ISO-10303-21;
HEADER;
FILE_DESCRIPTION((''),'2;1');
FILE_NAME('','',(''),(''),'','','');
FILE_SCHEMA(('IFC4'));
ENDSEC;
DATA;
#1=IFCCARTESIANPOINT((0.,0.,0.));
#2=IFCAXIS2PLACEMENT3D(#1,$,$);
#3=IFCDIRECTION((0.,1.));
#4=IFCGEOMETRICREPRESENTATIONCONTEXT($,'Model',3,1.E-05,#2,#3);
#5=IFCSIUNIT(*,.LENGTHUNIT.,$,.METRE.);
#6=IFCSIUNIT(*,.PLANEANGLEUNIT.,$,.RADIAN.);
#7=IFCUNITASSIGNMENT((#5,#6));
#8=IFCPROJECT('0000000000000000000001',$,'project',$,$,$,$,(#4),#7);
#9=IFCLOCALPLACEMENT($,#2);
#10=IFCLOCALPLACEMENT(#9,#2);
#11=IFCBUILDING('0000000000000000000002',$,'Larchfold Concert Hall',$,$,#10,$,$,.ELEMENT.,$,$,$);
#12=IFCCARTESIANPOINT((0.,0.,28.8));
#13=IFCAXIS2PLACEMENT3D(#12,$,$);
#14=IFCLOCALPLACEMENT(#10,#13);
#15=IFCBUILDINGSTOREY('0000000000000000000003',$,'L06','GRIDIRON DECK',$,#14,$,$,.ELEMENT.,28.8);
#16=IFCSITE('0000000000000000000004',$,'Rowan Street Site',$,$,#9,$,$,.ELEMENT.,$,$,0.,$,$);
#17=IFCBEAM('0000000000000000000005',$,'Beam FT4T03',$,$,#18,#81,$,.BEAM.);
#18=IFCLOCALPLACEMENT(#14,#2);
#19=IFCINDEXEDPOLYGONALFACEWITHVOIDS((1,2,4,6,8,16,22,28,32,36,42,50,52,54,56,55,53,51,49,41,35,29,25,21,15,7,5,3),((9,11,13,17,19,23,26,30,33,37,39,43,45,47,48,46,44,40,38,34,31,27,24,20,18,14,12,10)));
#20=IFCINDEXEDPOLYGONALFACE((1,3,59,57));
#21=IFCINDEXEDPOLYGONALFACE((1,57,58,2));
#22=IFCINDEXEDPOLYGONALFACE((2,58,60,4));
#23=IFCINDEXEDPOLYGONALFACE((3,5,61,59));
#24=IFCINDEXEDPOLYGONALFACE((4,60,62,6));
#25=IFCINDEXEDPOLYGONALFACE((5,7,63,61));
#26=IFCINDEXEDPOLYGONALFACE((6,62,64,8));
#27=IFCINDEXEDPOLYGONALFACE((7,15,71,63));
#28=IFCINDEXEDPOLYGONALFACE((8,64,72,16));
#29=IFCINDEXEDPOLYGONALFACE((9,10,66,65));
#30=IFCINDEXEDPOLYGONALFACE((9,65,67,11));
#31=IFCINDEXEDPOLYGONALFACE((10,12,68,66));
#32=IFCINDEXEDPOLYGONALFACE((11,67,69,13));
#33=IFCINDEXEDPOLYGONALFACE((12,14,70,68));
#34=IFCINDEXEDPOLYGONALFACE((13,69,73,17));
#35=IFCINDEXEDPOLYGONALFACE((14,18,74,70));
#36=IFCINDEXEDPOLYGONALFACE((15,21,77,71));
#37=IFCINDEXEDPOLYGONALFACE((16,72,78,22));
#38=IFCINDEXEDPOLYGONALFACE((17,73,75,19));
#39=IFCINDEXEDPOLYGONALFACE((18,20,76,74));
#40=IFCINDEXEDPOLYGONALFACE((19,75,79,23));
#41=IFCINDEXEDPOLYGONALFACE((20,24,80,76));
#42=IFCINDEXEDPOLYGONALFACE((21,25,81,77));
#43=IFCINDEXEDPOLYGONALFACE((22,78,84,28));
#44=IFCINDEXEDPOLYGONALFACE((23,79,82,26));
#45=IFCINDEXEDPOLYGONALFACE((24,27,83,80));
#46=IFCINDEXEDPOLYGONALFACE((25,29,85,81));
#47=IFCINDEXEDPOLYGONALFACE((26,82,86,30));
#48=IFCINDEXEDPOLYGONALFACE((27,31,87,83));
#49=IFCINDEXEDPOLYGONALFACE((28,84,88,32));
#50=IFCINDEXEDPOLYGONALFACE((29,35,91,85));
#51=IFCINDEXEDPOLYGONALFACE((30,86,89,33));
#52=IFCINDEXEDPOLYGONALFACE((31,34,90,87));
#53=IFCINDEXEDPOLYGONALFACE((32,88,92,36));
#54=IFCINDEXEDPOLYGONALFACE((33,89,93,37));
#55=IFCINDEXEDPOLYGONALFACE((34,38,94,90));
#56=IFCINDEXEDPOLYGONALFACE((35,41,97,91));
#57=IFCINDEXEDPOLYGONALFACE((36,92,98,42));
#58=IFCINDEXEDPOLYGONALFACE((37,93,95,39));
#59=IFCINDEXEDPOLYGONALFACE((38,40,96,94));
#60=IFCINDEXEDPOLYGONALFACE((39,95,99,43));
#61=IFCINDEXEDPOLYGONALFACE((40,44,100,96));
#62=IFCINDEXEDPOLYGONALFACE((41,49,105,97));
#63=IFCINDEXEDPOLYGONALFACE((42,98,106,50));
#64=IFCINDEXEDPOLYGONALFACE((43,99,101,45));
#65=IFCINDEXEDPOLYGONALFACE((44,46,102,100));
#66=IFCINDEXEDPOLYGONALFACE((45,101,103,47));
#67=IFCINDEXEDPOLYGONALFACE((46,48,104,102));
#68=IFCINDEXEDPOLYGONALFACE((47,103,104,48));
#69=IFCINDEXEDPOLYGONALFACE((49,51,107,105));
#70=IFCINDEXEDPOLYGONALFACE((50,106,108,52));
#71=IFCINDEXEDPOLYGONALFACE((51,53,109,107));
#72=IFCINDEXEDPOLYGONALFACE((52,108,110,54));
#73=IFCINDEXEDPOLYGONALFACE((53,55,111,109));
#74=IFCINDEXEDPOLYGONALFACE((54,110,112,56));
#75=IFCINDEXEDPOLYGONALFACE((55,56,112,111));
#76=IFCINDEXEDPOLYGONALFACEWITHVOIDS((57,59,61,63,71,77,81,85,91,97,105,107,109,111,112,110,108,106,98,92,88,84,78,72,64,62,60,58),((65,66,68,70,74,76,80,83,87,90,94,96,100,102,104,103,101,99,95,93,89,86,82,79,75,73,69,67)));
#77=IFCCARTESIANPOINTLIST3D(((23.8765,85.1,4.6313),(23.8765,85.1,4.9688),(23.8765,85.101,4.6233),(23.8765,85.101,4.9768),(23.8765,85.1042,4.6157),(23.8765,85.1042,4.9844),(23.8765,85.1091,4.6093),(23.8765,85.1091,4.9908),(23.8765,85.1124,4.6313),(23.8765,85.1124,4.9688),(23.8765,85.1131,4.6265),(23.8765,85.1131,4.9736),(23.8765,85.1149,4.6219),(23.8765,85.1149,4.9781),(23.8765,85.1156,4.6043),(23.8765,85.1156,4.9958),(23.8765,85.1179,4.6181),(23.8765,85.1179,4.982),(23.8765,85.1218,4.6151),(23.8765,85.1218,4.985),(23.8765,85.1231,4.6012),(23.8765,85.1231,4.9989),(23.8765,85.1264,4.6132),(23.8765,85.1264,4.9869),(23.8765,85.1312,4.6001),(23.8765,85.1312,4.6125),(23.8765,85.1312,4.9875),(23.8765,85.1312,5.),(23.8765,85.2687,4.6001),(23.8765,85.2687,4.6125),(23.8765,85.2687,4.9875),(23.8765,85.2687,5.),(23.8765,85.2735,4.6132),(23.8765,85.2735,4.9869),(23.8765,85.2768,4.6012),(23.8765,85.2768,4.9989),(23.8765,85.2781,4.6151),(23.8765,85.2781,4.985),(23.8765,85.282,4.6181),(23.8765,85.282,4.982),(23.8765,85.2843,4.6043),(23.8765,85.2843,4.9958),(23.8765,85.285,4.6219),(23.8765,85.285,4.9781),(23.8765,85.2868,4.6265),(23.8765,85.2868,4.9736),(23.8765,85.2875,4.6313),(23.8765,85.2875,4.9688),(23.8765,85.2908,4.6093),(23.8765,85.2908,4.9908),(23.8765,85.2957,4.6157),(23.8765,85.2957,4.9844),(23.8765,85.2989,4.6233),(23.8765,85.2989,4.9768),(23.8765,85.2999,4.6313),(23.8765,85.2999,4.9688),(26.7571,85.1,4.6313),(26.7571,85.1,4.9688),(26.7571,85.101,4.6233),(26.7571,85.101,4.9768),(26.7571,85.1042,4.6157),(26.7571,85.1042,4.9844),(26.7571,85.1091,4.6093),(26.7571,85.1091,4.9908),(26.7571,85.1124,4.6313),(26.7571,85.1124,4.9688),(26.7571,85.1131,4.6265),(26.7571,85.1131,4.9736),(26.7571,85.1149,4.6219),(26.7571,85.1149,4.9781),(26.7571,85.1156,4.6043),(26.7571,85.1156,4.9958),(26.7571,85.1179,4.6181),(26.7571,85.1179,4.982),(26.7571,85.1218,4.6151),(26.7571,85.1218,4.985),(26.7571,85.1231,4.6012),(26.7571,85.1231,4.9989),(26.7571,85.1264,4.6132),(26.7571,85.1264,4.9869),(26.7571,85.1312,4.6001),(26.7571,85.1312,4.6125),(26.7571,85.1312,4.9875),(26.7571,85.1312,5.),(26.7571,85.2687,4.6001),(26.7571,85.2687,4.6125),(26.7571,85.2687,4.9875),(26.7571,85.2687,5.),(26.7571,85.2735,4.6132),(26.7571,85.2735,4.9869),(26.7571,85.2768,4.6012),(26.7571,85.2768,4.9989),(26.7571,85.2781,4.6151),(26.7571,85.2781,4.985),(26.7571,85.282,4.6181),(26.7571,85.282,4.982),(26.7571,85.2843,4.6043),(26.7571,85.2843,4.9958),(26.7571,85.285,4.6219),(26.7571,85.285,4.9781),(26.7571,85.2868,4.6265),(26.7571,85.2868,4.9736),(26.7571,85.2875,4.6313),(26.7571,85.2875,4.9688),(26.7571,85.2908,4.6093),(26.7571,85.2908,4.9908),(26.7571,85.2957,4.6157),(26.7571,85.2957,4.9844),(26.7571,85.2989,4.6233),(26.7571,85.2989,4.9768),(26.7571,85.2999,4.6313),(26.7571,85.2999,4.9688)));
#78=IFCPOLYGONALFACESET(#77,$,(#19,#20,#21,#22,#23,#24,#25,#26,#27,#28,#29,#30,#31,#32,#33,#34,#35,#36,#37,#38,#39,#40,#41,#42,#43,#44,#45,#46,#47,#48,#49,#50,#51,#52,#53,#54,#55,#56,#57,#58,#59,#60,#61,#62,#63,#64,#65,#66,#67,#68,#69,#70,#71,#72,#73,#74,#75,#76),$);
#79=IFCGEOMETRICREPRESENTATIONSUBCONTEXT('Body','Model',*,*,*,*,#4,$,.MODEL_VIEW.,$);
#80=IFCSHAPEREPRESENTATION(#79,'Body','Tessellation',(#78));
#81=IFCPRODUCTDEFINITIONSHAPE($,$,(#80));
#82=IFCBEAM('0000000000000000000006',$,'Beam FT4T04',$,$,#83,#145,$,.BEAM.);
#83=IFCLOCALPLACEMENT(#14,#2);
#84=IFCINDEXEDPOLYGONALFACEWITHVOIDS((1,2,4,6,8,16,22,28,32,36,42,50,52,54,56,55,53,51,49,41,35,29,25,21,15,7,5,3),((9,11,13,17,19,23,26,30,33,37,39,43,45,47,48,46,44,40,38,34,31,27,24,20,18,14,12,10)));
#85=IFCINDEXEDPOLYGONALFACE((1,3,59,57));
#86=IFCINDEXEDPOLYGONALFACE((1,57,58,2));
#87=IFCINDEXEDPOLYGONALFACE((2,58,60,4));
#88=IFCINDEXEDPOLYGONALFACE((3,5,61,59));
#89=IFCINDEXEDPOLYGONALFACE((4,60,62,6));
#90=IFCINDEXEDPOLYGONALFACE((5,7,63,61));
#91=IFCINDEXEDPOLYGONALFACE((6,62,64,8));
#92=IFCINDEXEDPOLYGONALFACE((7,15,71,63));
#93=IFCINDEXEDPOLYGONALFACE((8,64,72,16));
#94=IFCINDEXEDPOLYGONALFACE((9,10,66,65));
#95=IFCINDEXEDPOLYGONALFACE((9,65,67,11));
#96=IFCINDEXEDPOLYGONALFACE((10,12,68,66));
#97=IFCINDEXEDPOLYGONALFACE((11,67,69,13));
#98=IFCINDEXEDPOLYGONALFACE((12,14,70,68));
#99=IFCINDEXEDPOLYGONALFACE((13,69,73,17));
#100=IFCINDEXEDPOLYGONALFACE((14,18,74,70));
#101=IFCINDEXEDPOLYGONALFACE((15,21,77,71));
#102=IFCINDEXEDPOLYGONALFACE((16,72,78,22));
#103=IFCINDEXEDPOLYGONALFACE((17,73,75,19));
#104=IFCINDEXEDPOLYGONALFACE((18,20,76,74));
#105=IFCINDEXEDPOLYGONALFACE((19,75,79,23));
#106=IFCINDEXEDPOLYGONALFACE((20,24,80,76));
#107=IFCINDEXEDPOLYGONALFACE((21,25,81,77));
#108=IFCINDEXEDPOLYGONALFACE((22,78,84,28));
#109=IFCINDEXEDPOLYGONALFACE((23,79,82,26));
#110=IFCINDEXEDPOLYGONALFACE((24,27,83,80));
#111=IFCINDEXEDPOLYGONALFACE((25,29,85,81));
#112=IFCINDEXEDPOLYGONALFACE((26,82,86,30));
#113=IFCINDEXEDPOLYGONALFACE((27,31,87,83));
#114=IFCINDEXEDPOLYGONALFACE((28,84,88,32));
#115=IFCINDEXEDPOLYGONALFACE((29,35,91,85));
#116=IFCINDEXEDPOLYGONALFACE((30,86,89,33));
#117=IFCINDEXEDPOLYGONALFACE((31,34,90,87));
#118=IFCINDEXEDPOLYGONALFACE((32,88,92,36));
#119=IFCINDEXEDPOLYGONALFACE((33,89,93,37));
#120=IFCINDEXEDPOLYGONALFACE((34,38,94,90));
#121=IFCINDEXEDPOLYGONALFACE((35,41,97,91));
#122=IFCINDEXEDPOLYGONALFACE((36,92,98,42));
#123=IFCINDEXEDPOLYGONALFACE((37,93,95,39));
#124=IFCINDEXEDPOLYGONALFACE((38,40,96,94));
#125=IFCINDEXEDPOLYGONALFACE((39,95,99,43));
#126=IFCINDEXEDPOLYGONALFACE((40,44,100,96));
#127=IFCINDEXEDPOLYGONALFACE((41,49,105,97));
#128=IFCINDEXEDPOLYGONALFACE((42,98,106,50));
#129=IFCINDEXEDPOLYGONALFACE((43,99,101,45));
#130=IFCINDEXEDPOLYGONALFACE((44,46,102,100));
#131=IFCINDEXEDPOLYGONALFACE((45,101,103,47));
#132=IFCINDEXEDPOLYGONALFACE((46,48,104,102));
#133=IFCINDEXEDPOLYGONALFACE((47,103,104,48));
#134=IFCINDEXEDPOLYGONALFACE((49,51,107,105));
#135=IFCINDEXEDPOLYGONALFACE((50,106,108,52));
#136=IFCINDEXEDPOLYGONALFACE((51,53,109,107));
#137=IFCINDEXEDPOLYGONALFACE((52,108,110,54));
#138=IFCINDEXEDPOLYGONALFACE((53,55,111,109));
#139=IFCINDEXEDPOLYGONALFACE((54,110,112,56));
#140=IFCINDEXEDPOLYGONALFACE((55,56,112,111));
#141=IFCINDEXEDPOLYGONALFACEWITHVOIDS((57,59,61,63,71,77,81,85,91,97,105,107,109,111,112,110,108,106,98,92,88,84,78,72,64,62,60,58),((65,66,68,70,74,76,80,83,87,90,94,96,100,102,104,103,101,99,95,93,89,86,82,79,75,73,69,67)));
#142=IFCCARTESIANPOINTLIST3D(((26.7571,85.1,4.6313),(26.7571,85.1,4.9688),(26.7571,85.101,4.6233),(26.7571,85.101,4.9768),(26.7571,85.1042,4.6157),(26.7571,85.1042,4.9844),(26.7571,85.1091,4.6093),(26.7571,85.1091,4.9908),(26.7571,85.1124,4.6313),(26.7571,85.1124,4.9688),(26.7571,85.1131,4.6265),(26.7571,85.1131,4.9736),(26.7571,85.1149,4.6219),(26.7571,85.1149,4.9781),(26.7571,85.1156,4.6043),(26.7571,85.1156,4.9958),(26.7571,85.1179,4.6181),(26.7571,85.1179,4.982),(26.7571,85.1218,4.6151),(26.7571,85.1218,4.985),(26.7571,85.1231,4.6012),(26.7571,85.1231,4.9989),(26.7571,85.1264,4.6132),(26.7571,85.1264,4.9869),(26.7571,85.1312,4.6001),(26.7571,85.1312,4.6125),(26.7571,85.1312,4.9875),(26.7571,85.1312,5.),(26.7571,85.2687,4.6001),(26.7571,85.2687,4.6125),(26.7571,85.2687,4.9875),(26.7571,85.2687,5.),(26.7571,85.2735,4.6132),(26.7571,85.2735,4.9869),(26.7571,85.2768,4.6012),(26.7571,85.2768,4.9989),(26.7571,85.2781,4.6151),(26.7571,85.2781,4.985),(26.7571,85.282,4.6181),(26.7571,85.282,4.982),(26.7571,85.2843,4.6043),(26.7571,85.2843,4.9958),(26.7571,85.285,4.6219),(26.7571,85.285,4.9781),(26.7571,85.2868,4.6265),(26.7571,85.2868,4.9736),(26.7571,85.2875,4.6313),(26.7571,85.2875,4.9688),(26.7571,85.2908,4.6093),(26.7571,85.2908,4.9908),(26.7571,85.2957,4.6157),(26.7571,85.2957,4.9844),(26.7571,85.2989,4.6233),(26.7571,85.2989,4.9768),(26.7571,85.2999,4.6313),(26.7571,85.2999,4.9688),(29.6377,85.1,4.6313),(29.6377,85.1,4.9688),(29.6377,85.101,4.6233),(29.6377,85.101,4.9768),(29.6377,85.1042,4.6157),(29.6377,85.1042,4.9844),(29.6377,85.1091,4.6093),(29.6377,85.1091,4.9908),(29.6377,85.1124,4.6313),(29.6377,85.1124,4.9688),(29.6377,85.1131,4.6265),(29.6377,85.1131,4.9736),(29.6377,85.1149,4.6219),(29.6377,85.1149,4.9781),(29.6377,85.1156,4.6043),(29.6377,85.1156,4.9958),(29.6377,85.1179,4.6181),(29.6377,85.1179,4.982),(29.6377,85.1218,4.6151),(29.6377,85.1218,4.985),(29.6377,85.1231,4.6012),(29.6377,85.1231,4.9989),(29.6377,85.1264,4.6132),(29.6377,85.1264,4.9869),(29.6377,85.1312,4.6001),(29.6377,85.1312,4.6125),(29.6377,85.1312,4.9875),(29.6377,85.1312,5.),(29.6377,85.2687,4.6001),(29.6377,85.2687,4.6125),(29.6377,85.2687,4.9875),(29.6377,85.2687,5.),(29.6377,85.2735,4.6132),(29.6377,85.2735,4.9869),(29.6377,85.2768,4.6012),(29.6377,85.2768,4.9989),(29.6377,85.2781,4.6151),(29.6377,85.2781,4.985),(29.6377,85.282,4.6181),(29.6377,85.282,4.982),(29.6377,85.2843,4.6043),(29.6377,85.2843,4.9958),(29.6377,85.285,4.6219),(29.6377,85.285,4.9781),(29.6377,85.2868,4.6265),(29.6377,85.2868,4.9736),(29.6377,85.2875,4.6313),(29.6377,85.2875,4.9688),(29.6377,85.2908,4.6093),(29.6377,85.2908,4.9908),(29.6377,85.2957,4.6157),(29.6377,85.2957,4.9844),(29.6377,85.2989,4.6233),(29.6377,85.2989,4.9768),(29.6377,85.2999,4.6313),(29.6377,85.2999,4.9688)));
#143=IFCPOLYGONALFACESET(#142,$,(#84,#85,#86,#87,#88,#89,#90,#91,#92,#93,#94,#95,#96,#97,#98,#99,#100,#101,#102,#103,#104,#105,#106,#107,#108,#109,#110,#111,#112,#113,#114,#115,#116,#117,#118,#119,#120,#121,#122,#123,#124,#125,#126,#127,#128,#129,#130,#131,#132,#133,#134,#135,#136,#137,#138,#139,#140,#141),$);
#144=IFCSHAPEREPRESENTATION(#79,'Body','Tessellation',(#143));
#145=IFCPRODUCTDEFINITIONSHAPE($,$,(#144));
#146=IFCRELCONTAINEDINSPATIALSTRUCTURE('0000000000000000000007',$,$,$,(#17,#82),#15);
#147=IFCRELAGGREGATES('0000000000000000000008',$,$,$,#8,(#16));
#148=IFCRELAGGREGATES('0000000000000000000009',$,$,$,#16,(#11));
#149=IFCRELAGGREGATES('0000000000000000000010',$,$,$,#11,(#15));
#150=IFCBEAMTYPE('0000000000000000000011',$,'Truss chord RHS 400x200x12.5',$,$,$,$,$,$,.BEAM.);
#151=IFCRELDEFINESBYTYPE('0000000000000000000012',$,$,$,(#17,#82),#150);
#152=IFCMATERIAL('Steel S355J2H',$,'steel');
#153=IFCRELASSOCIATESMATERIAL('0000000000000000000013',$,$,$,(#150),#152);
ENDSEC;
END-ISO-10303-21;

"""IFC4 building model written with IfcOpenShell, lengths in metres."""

from ifc_helpers import new_model, si_unit, direction, frame, origin, origin_2d, place, context, subcontext, project, spatial, hollow_rectangle, extrude, material, material_profile, profile_set, type_object, element, save


model = new_model("IFC4")

# Units and contexts
model_context = context("Model", 3, precision=1e-05, world=origin(), true_north=direction((0.0, 1.0)))
body_context = subcontext(model_context, "Body", "Model", "MODEL_VIEW")
ifc_project = project(units=[si_unit("LENGTHUNIT", "METRE"), si_unit("PLANEANGLEUNIT", "RADIAN")], contexts=[model_context])

# Site, building, storey
site_placement = place(None, origin())
site = spatial("IfcSite", under=ifc_project, at=site_placement, Name="Rowan Street Site", CompositionType="ELEMENT", RefElevation=0.0)
building_placement = place(site_placement, origin())
building = spatial("IfcBuilding", under=site, at=building_placement, Name="Larchfold Concert Hall", CompositionType="ELEMENT")
storey_placement = place(building_placement, frame((0.0, 0.0, 28.8)))
storey = spatial("IfcBuildingStorey", under=building, at=storey_placement, Name="L06", Description="GRIDIRON DECK", CompositionType="ELEMENT", Elevation=28.8)

# Beams
ifc_material_1 = material(Name="Steel S355J2H", Category="steel")
ifc_material_profile_1 = material_profile(ifc_material_1, hollow_rectangle(XDim=0.2, YDim=0.3999, WallThickness=0.0125, InnerFilletRadius=0.0188, OuterFilletRadius=0.0312, at=origin_2d()))
ifc_profile_set_1 = profile_set([ifc_material_profile_1], Name="Steel S355J2H")
beam_type_1 = type_object("IfcBeamType", Name="Truss chord RHS 400x200x12.5", PredefinedType="BEAM", material=ifc_profile_set_1)
for number, where, z_axis, x_axis, name in (
    (1, (23.8765, 85.2, 4.8), (1.0, 0.0, 0.0), (0.0, 1.0, 0.0), "Beam FT4T03"),
    (2, (26.7571, 85.2, 4.8), (1.0, 0.0, 0.0), (0.0, 1.0, 0.0), "Beam FT4T04"),
):
    element("IfcBeam", number, at=place(storey_placement, frame(where, z_axis=z_axis, x_axis=x_axis)), inside=storey, type_object=beam_type_1, Name=name, PredefinedType="BEAM", context=body_context, shape_type="SweptSolid", body=[
        extrude(hollow_rectangle(XDim=0.2, YDim=0.3999, WallThickness=0.0125, InnerFilletRadius=0.0188, OuterFilletRadius=0.0312, at=origin_2d()), origin(), (0.0, 0.0, 1.0), 2.8806),
    ])

save(model, "model.ifc")
